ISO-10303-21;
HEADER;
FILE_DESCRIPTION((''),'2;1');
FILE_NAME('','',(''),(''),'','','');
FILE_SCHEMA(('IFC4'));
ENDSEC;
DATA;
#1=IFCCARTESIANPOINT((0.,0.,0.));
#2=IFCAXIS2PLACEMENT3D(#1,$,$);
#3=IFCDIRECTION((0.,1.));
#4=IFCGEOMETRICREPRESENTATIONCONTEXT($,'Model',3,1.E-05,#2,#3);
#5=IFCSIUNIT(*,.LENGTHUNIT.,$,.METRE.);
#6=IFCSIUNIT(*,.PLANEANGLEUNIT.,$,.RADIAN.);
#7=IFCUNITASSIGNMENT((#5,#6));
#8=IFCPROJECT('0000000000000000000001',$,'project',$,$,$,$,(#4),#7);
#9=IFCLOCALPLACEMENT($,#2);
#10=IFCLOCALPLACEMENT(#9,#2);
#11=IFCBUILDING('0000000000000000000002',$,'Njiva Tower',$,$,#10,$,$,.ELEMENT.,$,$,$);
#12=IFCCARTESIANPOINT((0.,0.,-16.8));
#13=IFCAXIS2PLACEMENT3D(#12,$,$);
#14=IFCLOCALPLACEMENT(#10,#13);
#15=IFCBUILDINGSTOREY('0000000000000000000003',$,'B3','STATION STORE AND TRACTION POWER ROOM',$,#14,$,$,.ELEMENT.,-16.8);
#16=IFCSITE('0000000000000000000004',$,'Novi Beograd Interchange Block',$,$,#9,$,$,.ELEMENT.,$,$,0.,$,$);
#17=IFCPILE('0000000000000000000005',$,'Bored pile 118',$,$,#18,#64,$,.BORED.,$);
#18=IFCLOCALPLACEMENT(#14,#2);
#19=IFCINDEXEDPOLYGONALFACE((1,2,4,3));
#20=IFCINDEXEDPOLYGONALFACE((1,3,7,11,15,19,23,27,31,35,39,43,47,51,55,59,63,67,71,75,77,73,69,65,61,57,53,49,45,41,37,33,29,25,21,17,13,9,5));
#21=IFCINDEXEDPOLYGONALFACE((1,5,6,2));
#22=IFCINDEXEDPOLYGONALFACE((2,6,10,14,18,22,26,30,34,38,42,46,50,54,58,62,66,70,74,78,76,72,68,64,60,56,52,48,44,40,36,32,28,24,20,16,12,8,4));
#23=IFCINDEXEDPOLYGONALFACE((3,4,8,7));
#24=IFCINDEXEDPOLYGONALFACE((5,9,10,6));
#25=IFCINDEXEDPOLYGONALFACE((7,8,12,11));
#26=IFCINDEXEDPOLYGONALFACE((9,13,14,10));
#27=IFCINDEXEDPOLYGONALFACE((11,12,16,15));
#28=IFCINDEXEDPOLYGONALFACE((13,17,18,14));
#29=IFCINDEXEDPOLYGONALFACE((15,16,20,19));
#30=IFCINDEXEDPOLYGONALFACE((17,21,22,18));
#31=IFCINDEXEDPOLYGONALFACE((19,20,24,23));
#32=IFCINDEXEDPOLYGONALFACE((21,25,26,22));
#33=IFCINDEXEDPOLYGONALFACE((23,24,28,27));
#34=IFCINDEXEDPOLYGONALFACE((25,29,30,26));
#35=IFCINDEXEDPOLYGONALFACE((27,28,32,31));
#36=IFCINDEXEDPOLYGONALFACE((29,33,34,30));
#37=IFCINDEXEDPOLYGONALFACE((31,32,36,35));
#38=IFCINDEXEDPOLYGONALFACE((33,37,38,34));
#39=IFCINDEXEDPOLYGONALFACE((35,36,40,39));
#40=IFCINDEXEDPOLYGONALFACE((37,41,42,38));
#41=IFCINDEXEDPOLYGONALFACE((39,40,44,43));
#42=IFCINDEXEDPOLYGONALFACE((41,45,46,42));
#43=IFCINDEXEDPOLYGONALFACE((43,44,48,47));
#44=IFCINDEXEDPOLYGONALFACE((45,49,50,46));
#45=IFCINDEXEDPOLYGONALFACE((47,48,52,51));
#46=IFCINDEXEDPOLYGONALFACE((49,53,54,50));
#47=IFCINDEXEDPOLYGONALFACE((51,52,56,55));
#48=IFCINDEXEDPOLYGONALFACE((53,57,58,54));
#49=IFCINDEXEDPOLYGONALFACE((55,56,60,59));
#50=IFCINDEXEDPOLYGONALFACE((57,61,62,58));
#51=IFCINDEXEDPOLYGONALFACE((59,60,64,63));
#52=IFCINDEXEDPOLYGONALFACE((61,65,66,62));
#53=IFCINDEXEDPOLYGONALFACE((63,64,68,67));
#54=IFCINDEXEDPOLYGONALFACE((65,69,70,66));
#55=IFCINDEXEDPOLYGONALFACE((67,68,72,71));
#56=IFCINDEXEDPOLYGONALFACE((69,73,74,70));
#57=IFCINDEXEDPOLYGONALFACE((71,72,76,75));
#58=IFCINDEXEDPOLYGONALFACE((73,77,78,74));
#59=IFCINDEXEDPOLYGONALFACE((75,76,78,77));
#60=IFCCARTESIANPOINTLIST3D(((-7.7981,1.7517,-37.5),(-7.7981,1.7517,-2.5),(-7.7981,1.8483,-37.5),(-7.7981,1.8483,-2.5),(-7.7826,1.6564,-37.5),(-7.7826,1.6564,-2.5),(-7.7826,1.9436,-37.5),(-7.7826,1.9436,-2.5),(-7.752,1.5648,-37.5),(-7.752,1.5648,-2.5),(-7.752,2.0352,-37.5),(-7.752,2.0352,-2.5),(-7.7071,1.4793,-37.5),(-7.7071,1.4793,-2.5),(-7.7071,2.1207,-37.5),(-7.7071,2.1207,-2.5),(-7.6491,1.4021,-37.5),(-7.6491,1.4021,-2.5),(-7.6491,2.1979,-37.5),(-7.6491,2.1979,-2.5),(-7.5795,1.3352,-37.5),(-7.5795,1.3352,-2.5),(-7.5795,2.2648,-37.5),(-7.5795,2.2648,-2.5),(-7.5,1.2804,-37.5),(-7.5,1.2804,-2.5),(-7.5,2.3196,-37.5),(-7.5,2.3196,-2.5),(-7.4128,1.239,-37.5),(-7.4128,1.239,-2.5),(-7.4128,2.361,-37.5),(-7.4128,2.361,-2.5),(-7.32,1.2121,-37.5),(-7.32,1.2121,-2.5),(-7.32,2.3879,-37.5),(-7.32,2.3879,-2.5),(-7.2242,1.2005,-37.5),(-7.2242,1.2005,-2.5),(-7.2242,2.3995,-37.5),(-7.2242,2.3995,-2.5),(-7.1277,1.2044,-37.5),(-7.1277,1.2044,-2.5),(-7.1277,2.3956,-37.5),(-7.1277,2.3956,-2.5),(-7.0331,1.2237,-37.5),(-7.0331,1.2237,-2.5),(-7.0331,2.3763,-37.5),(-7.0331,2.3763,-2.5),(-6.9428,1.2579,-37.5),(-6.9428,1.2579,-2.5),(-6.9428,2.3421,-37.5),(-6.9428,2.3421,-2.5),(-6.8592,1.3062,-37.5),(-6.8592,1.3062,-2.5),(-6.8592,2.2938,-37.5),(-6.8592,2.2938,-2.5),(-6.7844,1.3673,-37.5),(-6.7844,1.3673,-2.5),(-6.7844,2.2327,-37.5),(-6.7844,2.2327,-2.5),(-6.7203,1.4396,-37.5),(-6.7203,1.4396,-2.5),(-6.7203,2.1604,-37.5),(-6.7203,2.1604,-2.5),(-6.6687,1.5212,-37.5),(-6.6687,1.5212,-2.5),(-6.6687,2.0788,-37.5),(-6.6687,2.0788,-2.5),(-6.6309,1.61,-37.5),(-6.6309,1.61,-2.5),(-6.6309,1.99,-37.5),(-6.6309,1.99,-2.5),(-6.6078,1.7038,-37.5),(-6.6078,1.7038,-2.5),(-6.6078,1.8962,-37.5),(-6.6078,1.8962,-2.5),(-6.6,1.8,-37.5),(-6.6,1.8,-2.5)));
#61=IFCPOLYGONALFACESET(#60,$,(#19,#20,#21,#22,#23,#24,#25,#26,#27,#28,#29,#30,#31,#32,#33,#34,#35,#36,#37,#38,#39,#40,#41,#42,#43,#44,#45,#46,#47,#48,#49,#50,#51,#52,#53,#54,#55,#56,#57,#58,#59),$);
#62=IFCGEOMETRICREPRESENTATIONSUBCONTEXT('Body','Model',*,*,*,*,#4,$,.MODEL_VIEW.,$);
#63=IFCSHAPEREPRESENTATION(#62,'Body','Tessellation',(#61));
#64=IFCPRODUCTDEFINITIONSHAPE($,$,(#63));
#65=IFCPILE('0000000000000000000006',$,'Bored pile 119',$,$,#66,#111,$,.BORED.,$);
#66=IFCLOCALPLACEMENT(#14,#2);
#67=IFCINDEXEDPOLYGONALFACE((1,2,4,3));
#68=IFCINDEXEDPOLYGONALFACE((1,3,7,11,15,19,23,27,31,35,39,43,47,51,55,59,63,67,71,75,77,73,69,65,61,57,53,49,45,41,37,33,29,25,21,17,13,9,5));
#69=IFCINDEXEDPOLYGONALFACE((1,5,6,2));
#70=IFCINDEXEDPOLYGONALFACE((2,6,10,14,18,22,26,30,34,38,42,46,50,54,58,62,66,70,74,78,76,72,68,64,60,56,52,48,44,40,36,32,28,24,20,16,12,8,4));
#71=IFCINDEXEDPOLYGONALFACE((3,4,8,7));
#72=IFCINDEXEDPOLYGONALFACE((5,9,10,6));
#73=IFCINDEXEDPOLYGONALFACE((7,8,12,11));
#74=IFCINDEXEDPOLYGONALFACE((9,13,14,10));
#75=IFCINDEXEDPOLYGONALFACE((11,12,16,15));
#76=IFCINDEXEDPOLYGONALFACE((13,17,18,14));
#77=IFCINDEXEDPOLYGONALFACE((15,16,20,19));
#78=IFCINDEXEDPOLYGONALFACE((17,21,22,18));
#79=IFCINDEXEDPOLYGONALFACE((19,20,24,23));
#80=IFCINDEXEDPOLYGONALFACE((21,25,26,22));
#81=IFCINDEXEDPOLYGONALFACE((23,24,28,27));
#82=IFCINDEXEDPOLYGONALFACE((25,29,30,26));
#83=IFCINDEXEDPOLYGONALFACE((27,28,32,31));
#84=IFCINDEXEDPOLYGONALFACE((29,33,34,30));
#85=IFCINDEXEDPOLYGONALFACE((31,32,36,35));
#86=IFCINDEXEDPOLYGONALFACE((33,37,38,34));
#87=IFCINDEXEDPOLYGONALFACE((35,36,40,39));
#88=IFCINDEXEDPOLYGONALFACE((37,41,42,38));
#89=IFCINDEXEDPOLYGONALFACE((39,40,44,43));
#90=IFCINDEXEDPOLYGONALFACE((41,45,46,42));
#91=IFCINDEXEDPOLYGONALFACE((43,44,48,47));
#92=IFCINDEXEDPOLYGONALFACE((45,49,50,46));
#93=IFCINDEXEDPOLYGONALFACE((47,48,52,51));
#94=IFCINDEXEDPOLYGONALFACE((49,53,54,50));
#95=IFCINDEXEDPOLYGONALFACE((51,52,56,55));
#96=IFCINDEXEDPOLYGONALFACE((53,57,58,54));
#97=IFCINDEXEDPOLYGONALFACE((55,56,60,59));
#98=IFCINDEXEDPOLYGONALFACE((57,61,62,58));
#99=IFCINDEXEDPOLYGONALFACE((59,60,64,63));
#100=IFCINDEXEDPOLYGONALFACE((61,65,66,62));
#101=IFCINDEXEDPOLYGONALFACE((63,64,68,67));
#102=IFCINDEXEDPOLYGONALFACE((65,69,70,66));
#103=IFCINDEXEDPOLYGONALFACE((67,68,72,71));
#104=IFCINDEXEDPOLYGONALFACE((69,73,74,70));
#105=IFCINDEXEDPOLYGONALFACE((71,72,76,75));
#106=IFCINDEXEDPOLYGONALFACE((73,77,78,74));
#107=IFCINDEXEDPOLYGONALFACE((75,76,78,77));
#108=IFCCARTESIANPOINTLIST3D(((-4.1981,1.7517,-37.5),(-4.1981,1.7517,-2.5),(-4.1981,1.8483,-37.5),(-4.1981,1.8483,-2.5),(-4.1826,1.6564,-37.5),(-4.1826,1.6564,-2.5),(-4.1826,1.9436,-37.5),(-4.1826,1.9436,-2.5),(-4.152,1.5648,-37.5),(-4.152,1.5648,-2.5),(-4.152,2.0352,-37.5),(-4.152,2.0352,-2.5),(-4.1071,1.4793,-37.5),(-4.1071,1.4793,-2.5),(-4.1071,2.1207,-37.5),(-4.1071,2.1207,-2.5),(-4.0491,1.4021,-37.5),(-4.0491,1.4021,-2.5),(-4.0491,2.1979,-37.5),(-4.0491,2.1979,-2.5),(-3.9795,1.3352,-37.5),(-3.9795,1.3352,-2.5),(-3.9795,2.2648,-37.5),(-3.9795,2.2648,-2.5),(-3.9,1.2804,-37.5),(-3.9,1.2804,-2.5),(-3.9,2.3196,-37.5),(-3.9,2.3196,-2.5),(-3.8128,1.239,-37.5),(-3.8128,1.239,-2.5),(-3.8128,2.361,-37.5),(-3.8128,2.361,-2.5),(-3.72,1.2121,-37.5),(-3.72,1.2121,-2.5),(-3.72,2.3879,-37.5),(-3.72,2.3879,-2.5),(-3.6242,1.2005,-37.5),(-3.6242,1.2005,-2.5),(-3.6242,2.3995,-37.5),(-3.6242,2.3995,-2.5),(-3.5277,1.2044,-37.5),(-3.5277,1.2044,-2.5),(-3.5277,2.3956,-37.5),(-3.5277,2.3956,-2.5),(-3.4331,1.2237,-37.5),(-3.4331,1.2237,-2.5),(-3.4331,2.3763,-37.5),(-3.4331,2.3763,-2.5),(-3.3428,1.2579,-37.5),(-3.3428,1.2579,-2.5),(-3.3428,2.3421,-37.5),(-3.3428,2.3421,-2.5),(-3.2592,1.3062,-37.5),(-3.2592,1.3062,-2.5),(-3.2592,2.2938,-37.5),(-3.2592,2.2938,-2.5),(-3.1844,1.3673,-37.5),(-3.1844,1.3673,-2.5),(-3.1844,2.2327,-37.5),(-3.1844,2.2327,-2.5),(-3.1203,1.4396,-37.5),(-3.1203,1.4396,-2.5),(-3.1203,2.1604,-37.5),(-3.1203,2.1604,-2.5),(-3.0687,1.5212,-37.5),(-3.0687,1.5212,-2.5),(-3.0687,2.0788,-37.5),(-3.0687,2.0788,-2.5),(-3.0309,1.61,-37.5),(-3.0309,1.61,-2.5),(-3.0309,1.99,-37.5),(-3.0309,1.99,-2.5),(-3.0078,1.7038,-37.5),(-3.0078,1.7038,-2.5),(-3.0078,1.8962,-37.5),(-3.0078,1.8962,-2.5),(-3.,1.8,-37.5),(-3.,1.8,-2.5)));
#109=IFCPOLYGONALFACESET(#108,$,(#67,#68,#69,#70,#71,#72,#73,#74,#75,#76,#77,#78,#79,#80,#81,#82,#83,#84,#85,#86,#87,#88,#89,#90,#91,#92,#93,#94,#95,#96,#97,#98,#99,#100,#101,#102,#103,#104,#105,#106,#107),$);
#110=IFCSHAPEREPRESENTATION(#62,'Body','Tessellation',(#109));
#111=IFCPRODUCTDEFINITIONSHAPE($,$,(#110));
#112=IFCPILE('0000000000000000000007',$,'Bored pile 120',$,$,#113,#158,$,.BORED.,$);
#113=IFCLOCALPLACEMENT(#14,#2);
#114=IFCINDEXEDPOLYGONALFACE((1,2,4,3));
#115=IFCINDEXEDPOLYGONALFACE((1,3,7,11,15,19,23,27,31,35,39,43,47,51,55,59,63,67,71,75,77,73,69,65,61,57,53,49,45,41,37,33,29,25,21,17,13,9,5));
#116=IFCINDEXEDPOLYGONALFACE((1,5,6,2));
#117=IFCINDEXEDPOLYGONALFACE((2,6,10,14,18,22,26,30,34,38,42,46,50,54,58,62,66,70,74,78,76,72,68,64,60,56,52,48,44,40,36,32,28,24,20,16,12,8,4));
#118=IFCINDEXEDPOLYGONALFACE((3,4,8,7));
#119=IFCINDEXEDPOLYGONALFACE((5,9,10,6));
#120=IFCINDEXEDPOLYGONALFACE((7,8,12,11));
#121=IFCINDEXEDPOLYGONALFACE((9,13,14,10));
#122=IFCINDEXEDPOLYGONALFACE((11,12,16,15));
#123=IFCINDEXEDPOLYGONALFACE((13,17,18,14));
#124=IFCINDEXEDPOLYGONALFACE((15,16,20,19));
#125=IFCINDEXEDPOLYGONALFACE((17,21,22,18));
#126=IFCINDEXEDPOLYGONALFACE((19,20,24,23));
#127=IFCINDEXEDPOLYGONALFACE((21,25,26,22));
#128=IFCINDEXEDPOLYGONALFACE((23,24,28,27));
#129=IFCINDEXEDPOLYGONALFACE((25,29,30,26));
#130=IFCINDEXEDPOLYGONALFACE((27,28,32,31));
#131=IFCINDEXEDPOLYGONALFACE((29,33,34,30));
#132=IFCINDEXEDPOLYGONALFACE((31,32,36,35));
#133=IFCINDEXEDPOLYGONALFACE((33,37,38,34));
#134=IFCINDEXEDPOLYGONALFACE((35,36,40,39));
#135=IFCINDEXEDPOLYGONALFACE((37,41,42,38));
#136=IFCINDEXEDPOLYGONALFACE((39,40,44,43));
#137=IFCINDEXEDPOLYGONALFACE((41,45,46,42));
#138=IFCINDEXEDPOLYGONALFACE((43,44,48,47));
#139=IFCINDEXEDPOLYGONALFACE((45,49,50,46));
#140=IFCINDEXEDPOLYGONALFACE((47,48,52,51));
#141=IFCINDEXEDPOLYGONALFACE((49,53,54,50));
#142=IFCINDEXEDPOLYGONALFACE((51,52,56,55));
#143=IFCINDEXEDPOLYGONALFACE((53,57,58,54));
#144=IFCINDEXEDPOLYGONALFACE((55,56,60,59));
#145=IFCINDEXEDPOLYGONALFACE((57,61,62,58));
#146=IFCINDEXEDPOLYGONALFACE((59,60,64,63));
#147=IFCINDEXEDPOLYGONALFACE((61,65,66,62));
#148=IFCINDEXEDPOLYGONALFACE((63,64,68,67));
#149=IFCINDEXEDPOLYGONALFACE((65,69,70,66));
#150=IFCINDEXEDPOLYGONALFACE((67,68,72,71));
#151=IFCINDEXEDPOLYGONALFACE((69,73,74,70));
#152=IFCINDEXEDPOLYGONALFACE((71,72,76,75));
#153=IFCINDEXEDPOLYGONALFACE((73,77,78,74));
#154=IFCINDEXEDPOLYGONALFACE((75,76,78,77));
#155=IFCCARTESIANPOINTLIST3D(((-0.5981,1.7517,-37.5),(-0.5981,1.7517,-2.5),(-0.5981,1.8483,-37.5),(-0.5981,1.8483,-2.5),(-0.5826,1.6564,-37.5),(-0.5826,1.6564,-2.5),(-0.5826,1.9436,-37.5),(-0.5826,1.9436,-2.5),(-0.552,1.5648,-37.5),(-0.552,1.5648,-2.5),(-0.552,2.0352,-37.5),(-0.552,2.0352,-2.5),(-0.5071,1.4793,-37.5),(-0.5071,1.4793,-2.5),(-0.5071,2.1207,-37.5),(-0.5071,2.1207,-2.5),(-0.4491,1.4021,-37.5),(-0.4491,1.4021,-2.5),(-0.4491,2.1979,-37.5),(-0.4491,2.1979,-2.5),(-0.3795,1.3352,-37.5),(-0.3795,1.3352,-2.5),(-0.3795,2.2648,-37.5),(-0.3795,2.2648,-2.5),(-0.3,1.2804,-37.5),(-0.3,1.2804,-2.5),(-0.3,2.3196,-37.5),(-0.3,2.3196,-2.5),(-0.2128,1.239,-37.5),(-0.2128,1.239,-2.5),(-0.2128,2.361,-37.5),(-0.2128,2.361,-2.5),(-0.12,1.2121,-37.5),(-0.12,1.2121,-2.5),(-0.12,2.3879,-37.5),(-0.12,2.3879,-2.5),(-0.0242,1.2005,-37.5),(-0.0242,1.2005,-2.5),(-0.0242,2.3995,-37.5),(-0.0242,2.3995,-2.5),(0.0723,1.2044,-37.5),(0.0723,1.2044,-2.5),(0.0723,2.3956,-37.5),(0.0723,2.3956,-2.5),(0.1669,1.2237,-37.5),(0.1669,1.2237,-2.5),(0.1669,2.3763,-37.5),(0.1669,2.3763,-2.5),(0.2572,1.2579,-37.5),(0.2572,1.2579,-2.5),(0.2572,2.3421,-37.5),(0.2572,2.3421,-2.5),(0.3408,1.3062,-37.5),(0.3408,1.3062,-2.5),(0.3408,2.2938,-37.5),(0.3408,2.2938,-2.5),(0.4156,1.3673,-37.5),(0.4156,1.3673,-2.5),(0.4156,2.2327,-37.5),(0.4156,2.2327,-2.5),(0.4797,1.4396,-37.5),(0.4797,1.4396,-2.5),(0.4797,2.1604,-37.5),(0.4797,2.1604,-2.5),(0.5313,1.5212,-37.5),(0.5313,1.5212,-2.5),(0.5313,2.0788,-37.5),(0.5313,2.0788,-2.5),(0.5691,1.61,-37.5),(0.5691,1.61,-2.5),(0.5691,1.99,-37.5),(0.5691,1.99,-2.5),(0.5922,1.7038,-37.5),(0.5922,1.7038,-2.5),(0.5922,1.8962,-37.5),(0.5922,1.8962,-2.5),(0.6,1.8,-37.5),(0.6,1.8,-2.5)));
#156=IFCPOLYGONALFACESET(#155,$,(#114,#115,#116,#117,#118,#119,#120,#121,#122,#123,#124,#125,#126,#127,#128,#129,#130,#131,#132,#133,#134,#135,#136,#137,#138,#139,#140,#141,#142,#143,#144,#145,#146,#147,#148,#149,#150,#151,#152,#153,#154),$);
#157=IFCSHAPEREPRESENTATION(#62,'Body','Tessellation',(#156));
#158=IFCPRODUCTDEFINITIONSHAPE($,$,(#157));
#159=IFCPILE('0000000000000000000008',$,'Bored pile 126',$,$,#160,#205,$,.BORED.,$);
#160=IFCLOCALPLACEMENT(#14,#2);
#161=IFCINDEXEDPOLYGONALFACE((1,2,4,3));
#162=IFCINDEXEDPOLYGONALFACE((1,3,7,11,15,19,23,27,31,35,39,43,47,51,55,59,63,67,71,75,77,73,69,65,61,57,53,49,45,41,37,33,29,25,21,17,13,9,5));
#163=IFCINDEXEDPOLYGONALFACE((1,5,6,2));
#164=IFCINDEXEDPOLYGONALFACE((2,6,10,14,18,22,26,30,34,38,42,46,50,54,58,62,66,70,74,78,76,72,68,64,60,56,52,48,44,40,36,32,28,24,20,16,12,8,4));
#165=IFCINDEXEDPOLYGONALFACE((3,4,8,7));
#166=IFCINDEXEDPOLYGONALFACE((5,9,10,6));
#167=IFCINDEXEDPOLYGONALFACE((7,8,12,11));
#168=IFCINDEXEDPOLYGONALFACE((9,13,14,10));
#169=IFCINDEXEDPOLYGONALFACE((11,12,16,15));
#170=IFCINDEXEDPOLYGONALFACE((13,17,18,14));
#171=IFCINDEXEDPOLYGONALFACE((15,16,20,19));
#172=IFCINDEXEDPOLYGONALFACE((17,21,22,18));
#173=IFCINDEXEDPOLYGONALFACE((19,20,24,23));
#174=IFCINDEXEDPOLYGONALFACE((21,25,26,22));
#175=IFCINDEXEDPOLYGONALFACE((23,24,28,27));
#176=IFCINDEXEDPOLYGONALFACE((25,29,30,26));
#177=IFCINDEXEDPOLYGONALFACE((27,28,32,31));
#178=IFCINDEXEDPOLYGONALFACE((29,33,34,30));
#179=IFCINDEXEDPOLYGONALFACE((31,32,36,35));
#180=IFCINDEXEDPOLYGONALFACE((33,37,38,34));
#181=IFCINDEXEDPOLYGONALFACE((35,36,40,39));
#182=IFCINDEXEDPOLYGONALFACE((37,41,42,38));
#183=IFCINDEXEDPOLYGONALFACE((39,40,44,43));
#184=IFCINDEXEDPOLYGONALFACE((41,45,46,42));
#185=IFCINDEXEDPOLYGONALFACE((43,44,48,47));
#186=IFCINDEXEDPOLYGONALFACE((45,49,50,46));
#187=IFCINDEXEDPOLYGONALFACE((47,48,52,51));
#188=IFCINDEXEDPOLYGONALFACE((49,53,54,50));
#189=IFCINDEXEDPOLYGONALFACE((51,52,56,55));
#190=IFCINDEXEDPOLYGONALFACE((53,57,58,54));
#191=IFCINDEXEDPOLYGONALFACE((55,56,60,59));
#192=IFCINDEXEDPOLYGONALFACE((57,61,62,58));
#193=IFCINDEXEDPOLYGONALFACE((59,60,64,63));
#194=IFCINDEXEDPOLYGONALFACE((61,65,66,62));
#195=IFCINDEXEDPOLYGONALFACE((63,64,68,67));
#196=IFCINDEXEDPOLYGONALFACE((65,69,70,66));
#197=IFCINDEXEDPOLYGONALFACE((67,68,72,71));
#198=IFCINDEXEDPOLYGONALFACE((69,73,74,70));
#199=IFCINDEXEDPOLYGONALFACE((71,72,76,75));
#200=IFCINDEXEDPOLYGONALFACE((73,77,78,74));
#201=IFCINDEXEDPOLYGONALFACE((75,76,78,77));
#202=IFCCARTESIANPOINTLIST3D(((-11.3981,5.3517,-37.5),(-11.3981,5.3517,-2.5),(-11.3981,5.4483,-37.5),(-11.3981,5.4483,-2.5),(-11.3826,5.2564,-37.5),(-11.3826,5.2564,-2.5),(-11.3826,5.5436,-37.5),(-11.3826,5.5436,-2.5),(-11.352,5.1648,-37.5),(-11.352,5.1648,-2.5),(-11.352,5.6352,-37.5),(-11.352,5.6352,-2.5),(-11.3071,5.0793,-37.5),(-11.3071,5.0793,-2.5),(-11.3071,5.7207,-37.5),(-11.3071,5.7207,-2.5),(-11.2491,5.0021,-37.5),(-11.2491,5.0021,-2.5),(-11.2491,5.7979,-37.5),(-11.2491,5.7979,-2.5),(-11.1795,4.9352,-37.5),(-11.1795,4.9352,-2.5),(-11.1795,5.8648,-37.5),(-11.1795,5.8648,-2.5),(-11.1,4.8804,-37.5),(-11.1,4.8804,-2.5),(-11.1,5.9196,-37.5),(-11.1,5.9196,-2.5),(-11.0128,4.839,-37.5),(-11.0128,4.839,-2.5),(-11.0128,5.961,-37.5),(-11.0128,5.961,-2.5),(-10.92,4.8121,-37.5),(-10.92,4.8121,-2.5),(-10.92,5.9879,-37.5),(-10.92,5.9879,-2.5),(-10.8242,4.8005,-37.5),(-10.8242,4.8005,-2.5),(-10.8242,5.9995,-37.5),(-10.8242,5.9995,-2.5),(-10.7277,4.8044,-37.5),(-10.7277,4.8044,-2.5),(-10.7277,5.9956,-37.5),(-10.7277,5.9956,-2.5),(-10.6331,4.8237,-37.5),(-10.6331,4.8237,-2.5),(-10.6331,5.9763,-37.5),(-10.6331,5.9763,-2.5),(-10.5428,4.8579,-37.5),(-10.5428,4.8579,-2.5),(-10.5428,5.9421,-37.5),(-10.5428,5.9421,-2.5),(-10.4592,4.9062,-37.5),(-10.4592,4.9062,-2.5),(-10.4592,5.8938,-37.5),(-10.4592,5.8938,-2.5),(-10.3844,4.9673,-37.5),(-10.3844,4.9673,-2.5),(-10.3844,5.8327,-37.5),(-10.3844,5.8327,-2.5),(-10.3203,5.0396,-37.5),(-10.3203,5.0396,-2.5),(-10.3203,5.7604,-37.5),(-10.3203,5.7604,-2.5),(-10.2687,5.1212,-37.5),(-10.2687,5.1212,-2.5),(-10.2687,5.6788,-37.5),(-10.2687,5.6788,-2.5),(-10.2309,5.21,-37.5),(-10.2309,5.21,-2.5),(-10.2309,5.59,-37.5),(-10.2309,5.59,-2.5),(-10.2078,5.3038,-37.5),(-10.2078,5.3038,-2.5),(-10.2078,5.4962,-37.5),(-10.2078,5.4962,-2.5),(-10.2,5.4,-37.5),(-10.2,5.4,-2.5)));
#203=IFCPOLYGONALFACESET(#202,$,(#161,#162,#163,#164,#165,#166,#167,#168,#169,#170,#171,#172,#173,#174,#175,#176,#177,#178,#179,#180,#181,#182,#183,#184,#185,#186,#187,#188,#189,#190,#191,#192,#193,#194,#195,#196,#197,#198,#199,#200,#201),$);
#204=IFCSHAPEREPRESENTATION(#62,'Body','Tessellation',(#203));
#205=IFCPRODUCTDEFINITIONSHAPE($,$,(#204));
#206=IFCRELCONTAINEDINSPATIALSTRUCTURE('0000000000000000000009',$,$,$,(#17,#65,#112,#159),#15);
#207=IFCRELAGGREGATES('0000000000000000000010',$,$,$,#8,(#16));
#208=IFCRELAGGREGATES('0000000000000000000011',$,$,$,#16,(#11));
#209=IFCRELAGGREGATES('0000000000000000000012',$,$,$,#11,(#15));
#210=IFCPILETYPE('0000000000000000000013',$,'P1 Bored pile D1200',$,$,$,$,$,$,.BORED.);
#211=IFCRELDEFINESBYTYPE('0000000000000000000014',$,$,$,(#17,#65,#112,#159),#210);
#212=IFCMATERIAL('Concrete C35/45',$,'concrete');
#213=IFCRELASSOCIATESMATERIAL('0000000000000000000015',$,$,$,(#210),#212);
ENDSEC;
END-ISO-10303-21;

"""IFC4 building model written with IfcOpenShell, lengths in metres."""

from ifc_helpers import new_model, si_unit, direction, frame, origin, origin_2d, place, context, subcontext, project, spatial, circle, extrude, material, material_profile, profile_set, type_object, element, save


model = new_model("IFC4")

# Units and contexts
model_context = context("Model", 3, precision=1e-05, world=origin(), true_north=direction((0.0, 1.0)))
body_context = subcontext(model_context, "Body", "Model", "MODEL_VIEW")
ifc_project = project(units=[si_unit("LENGTHUNIT", "METRE"), si_unit("PLANEANGLEUNIT", "RADIAN")], contexts=[model_context])

# Site, building, storey
site_placement = place(None, origin())
site = spatial("IfcSite", under=ifc_project, at=site_placement, Name="Novi Beograd Interchange Block", CompositionType="ELEMENT", RefElevation=0.0)
building_placement = place(site_placement, origin())
building = spatial("IfcBuilding", under=site, at=building_placement, Name="Njiva Tower", CompositionType="ELEMENT")
storey_placement = place(building_placement, frame((0.0, 0.0, -16.8)))
storey = spatial("IfcBuildingStorey", under=building, at=storey_placement, Name="B3", Description="STATION STORE AND TRACTION POWER ROOM", CompositionType="ELEMENT", Elevation=-16.8)

# Piles
ifc_material_1 = material(Name="Concrete C35/45", Category="concrete")
ifc_material_profile_1 = material_profile(ifc_material_1, circle(Radius=0.6, at=origin_2d()), Name="D1200")
ifc_profile_set_1 = profile_set([ifc_material_profile_1], Name="Concrete C35/45")
pile_type = type_object("IfcPileType", Name="P1 Bored pile D1200", PredefinedType="BORED", material=ifc_profile_set_1)
for number, where, z_axis, x_axis, name in (
    (1, (-7.2, 1.8, -2.5), (0.0, 0.0, -1.0), (1.0, 0.0, 0.0), "Bored pile 118"),
    (2, (-3.6, 1.8, -2.5), (0.0, 0.0, -1.0), (1.0, 0.0, 0.0), "Bored pile 119"),
    (3, (0.0, 1.8, -2.5), (0.0, 0.0, -1.0), (1.0, 0.0, 0.0), "Bored pile 120"),
    (4, (-10.8, 5.4, -2.5), (0.0, 0.0, -1.0), (1.0, 0.0, 0.0), "Bored pile 126"),
):
    element("IfcPile", number, at=place(storey_placement, frame(where, z_axis=z_axis, x_axis=x_axis)), inside=storey, type_object=pile_type, Name=name, PredefinedType="BORED", context=body_context, shape_type="SweptSolid", body=[
        extrude(circle(Radius=0.6, at=origin_2d()), origin(), (0.0, 0.0, 1.0), 35.0),
    ])

save(model, "model.ifc")
